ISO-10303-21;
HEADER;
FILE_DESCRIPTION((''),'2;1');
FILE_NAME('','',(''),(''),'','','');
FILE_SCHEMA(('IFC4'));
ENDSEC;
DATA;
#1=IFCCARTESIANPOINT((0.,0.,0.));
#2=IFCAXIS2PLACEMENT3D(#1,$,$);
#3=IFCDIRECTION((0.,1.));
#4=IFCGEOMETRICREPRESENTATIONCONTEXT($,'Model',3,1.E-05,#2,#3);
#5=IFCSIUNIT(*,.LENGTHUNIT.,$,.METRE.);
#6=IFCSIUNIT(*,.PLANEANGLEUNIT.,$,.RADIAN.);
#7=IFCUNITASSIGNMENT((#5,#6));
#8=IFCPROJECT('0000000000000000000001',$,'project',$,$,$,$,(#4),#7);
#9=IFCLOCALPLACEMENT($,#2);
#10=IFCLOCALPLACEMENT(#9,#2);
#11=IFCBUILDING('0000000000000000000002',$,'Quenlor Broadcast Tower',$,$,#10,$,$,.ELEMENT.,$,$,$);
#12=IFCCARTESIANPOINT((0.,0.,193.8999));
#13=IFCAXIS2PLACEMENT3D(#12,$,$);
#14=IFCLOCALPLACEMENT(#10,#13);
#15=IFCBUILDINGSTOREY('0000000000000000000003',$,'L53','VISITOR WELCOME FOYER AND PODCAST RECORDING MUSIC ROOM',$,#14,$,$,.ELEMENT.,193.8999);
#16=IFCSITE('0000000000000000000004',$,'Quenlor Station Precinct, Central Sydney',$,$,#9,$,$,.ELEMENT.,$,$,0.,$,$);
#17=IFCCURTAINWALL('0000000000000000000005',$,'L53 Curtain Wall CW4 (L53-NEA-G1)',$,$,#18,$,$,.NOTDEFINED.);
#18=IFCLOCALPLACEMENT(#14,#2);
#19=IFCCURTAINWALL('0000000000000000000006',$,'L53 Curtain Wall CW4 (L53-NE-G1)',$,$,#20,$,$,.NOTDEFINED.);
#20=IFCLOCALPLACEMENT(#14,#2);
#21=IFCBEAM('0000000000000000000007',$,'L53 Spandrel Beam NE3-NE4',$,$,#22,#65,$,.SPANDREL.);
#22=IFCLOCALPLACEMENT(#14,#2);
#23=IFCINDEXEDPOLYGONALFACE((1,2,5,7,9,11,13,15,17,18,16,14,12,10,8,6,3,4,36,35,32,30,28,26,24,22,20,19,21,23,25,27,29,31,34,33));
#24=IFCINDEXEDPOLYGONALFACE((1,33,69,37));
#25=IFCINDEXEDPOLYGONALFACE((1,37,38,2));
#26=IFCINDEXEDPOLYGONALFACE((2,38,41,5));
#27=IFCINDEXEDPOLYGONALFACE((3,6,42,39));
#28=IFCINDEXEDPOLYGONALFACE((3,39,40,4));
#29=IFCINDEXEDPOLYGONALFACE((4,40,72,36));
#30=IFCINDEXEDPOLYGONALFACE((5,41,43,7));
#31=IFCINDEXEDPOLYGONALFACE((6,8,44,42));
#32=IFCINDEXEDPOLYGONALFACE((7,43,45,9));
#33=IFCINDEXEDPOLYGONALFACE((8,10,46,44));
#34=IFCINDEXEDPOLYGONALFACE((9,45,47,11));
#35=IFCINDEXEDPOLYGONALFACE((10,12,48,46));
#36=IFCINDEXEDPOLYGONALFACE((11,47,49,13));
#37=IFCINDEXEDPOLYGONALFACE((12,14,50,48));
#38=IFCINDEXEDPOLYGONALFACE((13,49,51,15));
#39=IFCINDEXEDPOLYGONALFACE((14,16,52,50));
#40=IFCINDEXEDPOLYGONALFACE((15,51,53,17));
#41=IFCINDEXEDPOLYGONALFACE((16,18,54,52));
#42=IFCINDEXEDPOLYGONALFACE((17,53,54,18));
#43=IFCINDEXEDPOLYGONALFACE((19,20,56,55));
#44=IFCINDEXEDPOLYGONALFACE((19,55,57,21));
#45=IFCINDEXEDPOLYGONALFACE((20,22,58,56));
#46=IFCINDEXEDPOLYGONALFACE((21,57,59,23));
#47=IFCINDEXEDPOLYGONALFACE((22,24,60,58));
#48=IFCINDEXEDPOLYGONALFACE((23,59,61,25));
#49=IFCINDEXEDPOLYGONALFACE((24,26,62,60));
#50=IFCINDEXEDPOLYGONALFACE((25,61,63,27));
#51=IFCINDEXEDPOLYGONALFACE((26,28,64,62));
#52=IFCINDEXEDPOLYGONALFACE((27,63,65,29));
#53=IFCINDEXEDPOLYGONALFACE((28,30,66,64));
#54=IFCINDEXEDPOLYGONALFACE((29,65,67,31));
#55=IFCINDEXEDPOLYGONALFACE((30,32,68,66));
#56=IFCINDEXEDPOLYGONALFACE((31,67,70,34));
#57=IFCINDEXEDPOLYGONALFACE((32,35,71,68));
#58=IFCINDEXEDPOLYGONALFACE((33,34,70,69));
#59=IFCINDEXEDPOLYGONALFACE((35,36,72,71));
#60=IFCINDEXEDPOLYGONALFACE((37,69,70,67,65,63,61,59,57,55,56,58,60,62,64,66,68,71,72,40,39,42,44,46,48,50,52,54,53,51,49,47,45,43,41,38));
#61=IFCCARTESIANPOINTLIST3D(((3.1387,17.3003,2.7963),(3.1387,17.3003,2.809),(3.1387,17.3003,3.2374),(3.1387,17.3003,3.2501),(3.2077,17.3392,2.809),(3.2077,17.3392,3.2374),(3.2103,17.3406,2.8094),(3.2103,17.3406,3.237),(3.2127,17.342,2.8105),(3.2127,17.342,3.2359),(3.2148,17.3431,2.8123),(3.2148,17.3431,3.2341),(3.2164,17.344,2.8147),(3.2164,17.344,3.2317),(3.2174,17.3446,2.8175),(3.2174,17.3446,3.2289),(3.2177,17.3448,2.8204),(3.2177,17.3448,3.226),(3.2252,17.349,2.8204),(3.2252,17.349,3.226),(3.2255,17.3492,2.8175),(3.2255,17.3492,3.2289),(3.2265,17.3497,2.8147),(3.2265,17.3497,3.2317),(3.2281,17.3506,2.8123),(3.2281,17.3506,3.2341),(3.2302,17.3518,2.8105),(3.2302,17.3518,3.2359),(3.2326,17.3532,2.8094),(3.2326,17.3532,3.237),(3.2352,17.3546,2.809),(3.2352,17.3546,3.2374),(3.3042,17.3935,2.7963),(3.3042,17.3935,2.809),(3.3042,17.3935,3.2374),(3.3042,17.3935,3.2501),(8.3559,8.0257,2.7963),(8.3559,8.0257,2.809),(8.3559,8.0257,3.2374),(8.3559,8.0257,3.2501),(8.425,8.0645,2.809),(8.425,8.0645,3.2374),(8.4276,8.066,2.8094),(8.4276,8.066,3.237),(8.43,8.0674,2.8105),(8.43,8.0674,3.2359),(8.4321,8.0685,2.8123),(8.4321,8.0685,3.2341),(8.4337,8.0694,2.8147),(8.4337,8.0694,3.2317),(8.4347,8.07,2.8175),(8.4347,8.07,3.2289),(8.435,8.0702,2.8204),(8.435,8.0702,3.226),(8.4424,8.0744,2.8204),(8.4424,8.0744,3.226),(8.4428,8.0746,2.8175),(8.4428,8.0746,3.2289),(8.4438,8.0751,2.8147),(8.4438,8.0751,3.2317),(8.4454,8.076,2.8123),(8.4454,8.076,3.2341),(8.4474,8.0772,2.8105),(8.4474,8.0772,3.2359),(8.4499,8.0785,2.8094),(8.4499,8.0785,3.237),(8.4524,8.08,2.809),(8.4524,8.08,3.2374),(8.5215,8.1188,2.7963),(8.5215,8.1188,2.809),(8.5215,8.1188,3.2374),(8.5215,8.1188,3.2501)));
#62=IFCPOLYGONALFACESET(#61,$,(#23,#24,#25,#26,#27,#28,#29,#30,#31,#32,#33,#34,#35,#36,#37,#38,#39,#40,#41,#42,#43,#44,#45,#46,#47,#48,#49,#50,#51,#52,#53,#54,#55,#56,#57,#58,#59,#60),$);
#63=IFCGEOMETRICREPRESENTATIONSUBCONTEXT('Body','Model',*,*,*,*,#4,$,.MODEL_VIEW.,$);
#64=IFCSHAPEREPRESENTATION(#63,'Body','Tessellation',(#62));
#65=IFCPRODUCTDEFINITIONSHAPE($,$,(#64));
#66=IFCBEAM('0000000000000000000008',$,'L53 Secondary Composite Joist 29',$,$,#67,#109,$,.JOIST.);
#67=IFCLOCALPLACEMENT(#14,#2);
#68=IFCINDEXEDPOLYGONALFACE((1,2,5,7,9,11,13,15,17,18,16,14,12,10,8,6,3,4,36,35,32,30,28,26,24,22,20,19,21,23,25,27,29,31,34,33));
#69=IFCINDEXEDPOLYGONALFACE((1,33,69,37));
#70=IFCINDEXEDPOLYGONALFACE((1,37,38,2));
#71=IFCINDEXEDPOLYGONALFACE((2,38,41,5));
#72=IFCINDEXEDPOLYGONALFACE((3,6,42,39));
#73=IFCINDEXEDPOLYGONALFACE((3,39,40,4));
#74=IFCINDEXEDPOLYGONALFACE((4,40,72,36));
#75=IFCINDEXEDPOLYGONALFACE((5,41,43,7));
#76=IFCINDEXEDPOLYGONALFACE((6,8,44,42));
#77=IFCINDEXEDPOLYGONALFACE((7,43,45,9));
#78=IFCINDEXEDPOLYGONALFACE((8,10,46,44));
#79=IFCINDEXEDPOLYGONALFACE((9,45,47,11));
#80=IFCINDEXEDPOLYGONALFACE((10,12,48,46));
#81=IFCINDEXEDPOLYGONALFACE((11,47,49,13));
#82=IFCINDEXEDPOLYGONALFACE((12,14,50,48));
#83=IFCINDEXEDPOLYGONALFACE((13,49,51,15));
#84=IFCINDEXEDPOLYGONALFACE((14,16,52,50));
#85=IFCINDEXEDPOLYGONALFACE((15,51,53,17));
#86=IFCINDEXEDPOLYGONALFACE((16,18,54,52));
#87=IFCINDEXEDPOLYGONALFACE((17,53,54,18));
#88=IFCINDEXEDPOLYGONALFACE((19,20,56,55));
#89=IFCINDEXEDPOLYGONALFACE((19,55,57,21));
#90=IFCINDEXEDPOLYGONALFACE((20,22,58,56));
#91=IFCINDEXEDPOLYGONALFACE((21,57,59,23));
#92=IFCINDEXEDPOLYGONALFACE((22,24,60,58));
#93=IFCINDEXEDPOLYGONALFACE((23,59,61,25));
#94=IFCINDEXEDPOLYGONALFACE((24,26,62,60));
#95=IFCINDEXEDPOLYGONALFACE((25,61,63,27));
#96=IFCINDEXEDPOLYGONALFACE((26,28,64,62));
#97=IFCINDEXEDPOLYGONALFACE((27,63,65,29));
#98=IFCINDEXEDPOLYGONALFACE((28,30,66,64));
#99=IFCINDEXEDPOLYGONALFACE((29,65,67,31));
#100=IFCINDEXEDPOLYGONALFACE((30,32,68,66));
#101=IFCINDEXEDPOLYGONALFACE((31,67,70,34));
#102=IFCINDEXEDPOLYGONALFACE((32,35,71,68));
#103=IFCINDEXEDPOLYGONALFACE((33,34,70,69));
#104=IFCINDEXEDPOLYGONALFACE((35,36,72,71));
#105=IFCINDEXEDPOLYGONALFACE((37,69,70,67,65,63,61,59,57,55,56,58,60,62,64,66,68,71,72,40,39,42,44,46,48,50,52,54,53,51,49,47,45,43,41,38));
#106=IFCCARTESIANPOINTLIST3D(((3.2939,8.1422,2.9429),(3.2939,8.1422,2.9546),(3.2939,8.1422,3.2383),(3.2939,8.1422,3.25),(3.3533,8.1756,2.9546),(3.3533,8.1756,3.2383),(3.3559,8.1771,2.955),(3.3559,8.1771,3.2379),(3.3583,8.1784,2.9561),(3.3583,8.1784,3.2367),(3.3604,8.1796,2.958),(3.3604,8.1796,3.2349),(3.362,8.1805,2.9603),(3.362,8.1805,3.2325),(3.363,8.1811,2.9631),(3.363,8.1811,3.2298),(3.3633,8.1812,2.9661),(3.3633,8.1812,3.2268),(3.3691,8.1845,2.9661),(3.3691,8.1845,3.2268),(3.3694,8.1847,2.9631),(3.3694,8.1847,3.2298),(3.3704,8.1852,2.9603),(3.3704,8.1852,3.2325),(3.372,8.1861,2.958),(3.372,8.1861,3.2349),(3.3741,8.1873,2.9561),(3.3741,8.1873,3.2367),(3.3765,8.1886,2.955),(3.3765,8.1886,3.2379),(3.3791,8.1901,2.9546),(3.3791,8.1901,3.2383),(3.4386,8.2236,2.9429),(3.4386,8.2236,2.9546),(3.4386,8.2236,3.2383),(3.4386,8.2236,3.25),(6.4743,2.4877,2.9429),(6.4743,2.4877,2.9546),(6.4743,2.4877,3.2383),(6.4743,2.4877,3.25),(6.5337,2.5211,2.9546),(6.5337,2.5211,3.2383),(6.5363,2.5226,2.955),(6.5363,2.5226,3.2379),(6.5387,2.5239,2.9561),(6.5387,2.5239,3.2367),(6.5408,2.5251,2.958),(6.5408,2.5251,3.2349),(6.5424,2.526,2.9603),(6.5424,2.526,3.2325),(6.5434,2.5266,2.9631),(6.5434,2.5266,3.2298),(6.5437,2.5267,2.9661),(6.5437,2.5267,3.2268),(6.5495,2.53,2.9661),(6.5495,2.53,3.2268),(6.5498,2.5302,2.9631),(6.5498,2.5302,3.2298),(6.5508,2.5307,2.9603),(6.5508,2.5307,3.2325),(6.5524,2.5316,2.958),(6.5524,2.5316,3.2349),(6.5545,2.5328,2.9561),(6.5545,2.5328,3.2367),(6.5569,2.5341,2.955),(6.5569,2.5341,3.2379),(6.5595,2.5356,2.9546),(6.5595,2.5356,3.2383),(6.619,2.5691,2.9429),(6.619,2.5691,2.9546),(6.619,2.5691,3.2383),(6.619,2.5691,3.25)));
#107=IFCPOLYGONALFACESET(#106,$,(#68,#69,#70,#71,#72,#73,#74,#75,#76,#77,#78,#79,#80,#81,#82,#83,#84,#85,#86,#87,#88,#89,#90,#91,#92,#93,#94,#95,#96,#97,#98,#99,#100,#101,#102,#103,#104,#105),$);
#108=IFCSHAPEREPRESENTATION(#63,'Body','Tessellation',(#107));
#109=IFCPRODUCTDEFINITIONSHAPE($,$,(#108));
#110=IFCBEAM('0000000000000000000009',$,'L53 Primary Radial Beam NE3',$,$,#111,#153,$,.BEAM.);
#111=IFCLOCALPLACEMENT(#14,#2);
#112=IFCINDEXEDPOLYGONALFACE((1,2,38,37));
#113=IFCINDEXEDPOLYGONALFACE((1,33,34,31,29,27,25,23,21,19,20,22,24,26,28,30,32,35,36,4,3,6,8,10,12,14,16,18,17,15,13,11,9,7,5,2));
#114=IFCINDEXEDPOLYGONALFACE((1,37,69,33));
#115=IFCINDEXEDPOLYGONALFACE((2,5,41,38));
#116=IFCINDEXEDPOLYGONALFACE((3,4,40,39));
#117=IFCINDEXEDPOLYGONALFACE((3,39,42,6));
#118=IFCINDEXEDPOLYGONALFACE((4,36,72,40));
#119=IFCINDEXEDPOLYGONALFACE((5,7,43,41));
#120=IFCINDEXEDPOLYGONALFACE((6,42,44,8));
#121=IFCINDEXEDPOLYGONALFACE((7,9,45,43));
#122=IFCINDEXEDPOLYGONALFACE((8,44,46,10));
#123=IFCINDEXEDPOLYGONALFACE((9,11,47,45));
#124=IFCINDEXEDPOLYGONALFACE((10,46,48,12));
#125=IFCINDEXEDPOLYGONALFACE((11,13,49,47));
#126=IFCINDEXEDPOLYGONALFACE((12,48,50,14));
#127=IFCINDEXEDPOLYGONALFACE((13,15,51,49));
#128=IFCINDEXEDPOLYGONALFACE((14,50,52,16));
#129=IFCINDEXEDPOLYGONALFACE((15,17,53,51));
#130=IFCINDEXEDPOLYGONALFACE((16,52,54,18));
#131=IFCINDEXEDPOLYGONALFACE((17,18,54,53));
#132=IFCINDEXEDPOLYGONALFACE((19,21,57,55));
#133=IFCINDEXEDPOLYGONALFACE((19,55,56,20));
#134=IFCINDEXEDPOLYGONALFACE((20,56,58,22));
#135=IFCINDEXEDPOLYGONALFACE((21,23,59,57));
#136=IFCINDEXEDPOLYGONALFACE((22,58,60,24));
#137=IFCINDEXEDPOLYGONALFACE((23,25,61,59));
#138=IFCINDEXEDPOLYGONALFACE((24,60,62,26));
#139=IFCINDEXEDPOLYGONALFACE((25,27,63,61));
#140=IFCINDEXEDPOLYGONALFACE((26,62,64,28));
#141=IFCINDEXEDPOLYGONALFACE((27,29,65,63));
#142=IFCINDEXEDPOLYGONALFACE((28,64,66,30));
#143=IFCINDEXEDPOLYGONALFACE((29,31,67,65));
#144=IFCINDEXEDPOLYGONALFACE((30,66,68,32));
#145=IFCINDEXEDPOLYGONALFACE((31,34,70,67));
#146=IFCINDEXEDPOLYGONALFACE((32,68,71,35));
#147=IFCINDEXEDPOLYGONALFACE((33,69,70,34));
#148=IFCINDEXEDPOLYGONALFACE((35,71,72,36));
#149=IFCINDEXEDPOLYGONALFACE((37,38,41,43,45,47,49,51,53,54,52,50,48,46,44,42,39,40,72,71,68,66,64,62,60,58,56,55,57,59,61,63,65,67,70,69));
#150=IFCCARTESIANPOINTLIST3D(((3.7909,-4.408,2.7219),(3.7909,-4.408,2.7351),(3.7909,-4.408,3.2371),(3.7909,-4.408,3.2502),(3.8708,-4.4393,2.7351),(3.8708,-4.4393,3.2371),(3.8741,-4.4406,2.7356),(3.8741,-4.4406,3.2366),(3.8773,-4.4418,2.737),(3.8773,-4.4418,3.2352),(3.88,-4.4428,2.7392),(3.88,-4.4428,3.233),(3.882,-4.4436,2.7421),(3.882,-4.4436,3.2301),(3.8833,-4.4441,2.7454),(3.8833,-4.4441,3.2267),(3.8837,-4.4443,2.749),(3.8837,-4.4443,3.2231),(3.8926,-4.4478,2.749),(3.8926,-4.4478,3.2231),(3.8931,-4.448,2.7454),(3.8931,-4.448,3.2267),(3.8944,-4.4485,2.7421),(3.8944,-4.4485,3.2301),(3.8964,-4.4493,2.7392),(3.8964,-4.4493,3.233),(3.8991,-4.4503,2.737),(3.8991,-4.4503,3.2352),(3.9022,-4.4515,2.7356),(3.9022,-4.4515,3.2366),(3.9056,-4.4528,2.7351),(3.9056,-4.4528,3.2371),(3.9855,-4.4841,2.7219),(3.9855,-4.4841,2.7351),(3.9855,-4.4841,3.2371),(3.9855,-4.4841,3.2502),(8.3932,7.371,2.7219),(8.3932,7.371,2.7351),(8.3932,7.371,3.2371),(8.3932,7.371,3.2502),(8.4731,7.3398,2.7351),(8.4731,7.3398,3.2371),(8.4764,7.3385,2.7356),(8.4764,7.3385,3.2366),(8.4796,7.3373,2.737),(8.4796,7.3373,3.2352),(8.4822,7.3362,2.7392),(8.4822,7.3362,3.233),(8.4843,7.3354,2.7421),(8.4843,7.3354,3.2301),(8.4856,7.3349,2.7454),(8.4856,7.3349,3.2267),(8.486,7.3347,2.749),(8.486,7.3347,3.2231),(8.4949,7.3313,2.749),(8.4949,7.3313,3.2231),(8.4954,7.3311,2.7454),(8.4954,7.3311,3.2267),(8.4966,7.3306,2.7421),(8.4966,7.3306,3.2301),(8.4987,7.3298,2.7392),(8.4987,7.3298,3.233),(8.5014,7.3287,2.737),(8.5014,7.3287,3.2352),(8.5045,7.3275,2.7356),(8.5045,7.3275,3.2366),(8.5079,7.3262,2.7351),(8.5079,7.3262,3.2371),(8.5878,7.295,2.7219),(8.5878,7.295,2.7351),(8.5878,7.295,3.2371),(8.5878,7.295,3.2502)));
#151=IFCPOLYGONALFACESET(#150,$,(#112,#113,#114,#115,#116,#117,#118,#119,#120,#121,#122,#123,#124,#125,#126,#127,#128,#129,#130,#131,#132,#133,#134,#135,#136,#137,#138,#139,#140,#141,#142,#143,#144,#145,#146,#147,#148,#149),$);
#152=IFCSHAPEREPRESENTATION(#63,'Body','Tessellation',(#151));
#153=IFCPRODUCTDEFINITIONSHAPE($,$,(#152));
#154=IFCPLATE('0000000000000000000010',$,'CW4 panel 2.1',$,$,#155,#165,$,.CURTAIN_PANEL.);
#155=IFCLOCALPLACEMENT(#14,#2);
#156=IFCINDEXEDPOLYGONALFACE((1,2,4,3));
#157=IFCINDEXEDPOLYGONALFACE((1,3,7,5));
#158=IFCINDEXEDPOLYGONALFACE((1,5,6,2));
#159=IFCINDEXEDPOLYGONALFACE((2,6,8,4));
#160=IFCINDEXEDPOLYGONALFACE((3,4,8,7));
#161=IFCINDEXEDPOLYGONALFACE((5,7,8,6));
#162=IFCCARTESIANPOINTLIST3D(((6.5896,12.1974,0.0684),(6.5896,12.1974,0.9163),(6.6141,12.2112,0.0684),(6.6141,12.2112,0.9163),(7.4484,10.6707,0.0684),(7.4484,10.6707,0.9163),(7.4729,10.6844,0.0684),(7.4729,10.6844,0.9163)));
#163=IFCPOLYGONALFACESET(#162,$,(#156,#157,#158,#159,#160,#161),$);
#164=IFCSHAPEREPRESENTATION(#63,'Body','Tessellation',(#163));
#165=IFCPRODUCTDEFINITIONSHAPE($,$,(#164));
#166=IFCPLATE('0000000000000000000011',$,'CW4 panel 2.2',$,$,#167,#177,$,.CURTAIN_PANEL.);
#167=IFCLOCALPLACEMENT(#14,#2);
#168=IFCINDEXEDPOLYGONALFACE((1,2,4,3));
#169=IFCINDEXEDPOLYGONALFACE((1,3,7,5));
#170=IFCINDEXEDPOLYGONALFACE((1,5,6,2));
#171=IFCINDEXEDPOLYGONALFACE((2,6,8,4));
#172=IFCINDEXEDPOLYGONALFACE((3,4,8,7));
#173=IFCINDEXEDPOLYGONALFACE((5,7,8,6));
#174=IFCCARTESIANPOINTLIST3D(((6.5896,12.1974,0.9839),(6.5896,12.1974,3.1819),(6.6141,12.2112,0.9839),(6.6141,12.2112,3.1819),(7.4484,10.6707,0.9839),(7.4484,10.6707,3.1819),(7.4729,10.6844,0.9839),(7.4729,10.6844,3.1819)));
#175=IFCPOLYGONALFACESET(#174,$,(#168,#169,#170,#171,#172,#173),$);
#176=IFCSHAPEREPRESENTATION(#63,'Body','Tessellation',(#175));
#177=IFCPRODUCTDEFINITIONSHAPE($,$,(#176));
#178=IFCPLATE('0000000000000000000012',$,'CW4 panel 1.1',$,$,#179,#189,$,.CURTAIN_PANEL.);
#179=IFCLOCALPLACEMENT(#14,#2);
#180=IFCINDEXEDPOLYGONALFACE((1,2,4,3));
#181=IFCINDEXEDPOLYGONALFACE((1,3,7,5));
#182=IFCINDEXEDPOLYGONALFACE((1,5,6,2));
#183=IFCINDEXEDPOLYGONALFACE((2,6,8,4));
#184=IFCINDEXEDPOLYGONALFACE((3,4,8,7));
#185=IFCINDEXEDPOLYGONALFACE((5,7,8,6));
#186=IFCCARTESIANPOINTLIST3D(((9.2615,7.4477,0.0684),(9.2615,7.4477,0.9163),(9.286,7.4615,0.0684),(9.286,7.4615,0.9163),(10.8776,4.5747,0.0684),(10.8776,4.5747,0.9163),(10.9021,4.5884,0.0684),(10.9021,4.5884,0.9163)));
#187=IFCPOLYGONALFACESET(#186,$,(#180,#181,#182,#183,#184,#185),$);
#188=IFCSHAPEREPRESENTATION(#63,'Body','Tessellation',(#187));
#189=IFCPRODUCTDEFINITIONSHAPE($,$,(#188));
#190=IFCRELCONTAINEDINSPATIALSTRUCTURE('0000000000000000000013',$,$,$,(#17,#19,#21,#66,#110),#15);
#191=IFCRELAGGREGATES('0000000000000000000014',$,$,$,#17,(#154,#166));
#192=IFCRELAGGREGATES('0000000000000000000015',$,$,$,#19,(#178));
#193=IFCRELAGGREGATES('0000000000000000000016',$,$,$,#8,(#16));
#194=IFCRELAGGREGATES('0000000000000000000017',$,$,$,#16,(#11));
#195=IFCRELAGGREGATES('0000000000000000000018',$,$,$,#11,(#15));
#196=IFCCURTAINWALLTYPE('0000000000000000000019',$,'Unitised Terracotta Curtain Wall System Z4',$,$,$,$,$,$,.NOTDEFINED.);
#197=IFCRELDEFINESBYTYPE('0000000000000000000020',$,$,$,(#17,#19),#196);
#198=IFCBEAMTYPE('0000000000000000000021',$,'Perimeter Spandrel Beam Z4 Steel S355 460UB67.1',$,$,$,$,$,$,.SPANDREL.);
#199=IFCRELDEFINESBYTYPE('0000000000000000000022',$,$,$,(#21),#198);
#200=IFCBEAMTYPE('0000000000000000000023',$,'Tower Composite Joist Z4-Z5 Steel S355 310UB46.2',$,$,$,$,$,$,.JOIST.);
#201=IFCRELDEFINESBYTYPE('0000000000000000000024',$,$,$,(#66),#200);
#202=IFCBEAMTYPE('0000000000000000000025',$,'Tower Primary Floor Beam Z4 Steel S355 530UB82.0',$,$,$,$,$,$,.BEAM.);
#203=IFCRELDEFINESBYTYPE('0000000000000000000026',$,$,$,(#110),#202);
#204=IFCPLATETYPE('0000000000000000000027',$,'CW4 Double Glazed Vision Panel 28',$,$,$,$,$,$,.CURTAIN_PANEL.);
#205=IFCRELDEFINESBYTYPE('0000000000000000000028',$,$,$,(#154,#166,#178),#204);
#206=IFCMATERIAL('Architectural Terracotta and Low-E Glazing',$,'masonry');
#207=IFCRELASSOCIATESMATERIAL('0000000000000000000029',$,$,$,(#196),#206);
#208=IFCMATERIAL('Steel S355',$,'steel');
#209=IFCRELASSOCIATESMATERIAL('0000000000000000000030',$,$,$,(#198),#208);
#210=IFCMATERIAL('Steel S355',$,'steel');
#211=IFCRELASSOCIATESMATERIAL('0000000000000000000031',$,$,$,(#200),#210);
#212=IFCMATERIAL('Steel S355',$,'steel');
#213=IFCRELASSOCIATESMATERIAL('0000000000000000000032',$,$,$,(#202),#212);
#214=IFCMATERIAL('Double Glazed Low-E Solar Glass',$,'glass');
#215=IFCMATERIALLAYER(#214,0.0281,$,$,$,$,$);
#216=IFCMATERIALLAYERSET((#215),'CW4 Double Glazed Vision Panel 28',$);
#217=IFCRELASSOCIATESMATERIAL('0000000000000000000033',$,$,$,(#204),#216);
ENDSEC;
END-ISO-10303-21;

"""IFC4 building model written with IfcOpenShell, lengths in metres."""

from ifc_helpers import new_model, si_unit, direction, frame, origin, origin_2d, place, context, subcontext, project, spatial, rectangle, i_section, extrude, material, layer, layer_set, material_profile, profile_set, type_object, element, aggregate, save


model = new_model("IFC4")

# Units and contexts
model_context = context("Model", 3, precision=1e-05, world=origin(), true_north=direction((0.0, 1.0)))
body_context = subcontext(model_context, "Body", "Model", "MODEL_VIEW")
ifc_project = project(units=[si_unit("LENGTHUNIT", "METRE"), si_unit("PLANEANGLEUNIT", "RADIAN")], contexts=[model_context])

# Site, building, storey
site_placement = place(None, origin())
site = spatial("IfcSite", under=ifc_project, at=site_placement, Name="Quenlor Station Precinct, Central Sydney", CompositionType="ELEMENT", RefElevation=0.0)
building_placement = place(site_placement, origin())
building = spatial("IfcBuilding", under=site, at=building_placement, Name="Quenlor Broadcast Tower", CompositionType="ELEMENT")
storey_placement = place(building_placement, frame((0.0, 0.0, 193.8999)))
storey = spatial("IfcBuildingStorey", under=building, at=storey_placement, Name="L53", Description="VISITOR WELCOME FOYER AND PODCAST RECORDING MUSIC ROOM", CompositionType="ELEMENT", Elevation=193.8999)

# Curtain walls
ifc_material_1 = material(Name="Architectural Terracotta and Low-E Glazing", Category="masonry")
curtain_wall_type = type_object("IfcCurtainWallType", Name="Unitised Terracotta Curtain Wall System Z4", PredefinedType="NOTDEFINED", material=ifc_material_1)
curtain_wall_1_placement = place(storey_placement, origin())
curtain_wall_1 = element("IfcCurtainWall", 1, at=curtain_wall_1_placement, inside=storey, type_object=curtain_wall_type, Name="L53 Curtain Wall CW4 (L53-NEA-G1)", PredefinedType="NOTDEFINED")
curtain_wall_2_placement = place(storey_placement, origin())
curtain_wall_2 = element("IfcCurtainWall", 2, at=curtain_wall_2_placement, inside=storey, type_object=curtain_wall_type, Name="L53 Curtain Wall CW4 (L53-NE-G1)", PredefinedType="NOTDEFINED")

# Beams
ifc_material_2 = material(Name="Steel S355", Category="steel")
ifc_material_profile_1 = material_profile(ifc_material_2, i_section(OverallWidth=0.1899, OverallDepth=0.4539, WebThickness=0.0085, FlangeThickness=0.0127, FilletRadius=0.0115, at=origin_2d()))
ifc_profile_set_1 = profile_set([ifc_material_profile_1], Name="Steel S355 460UB67.1")
beam_type_1 = type_object("IfcBeamType", Name="Perimeter Spandrel Beam Z4 Steel S355 460UB67.1", PredefinedType="SPANDREL", material=ifc_profile_set_1)
beam_1_placement = place(storey_placement, frame((8.4387, 8.0723, 3.0232), z_axis=(-0.490282, 0.871564, 0.0), x_axis=(-0.871564, -0.490282, 0.0)))
element("IfcBeam", 3, at=beam_1_placement, inside=storey, type_object=beam_type_1, Name="L53 Spandrel Beam NE3-NE4", PredefinedType="SPANDREL", context=body_context, shape_type="SweptSolid", body=[
    extrude(i_section(OverallWidth=0.1899, OverallDepth=0.4539, WebThickness=0.0085, FlangeThickness=0.0127, FilletRadius=0.0115, at=origin_2d()), origin(), (0.0, 0.0, 1.0), 10.6414),
])
ifc_material_3 = material(Name="Steel S355", Category="steel")
ifc_material_profile_2 = material_profile(ifc_material_3, i_section(OverallWidth=0.166, OverallDepth=0.3071, WebThickness=0.0066, FlangeThickness=0.0117, FilletRadius=0.0115, at=origin_2d()))
ifc_profile_set_2 = profile_set([ifc_material_profile_2], Name="Steel S355 310UB46.2")
beam_type_2 = type_object("IfcBeamType", Name="Tower Composite Joist Z4-Z5 Steel S355 310UB46.2", PredefinedType="JOIST", material=ifc_profile_set_2)
beam_2_placement = place(storey_placement, frame((3.3662, 8.1829, 3.0964), z_axis=(0.490231, -0.871593, 0.0), x_axis=(0.871593, 0.490231, 0.0)))
element("IfcBeam", 4, at=beam_2_placement, inside=storey, type_object=beam_type_2, Name="L53 Secondary Composite Joist 29", PredefinedType="JOIST", context=body_context, shape_type="SweptSolid", body=[
    extrude(i_section(OverallWidth=0.166, OverallDepth=0.3071, WebThickness=0.0066, FlangeThickness=0.0117, FilletRadius=0.0115, at=origin_2d()), origin(), (0.0, 0.0, 1.0), 6.4875),
])
ifc_material_4 = material(Name="Steel S355", Category="steel")
ifc_material_profile_3 = material_profile(ifc_material_4, i_section(OverallWidth=0.209, OverallDepth=0.5283, WebThickness=0.0095, FlangeThickness=0.0132, FilletRadius=0.0139, at=origin_2d()))
ifc_profile_set_3 = profile_set([ifc_material_profile_3], Name="Steel S355 530UB82.0")
beam_type_3 = type_object("IfcBeamType", Name="Tower Primary Floor Beam Z4 Steel S355 530UB82.0", PredefinedType="BEAM", material=ifc_profile_set_3)
beam_3_placement = place(storey_placement, frame((8.4905, 7.333, 2.9861), z_axis=(-0.363926, -0.931428, 0.0), x_axis=(0.931428, -0.363926, 0.0)))
element("IfcBeam", 5, at=beam_3_placement, inside=storey, type_object=beam_type_3, Name="L53 Primary Radial Beam NE3", PredefinedType="BEAM", context=body_context, shape_type="SweptSolid", body=[
    extrude(i_section(OverallWidth=0.209, OverallDepth=0.5283, WebThickness=0.0095, FlangeThickness=0.0132, FilletRadius=0.0139, at=origin_2d()), origin(), (0.0, 0.0, 1.0), 12.6462),
])

# Plates
ifc_material_5 = material(Name="Double Glazed Low-E Solar Glass", Category="glass")
ifc_layer_1 = layer(ifc_material_5, 0.0281)
ifc_layer_set_1 = layer_set([ifc_layer_1], Name="CW4 Double Glazed Vision Panel 28")
plate_type_1 = type_object("IfcPlateType", Name="CW4 Double Glazed Vision Panel 28", PredefinedType="CURTAIN_PANEL", material=ifc_layer_set_1)
plate_1_placement = place(storey_placement, frame((7.0312, 11.4409, 0.0684), z_axis=(0.0, 0.0, 1.0), x_axis=(0.49026, -0.871576, 0.0)))
plate_1 = element("IfcPlate", 6, at=plate_1_placement, type_object=plate_type_1, Name="CW4 panel 2.1", PredefinedType="CURTAIN_PANEL", context=body_context, shape_type="SweptSolid", body=[
    extrude(rectangle(XDim=1.7517, YDim=0.0281, at=origin_2d()), origin(), (0.0, 0.0, 1.0), 0.8479),
])
plate_2_placement = place(storey_placement, frame((7.0312, 11.4409, 0.9839), z_axis=(0.0, 0.0, 1.0), x_axis=(0.49026, -0.871576, 0.0)))
plate_2 = element("IfcPlate", 7, at=plate_2_placement, type_object=plate_type_1, Name="CW4 panel 2.2", PredefinedType="CURTAIN_PANEL", context=body_context, shape_type="SweptSolid", body=[
    extrude(rectangle(XDim=1.7517, YDim=0.0281, at=origin_2d()), origin(), (0.0, 0.0, 1.0), 2.198),
])
aggregate(curtain_wall_1, [plate_1, plate_2])
plate_3_placement = place(storey_placement, frame((10.0818, 6.0181, 0.0684), z_axis=(0.0, 0.0, 1.0), x_axis=(0.490257, -0.871578, 0.0)))
plate_3 = element("IfcPlate", 8, at=plate_3_placement, type_object=plate_type_1, Name="CW4 panel 1.1", PredefinedType="CURTAIN_PANEL", context=body_context, shape_type="SweptSolid", body=[
    extrude(rectangle(XDim=3.2964, YDim=0.0281, at=origin_2d()), origin(), (0.0, 0.0, 1.0), 0.8479),
])
aggregate(curtain_wall_2, [plate_3])

save(model, "model.ifc")
